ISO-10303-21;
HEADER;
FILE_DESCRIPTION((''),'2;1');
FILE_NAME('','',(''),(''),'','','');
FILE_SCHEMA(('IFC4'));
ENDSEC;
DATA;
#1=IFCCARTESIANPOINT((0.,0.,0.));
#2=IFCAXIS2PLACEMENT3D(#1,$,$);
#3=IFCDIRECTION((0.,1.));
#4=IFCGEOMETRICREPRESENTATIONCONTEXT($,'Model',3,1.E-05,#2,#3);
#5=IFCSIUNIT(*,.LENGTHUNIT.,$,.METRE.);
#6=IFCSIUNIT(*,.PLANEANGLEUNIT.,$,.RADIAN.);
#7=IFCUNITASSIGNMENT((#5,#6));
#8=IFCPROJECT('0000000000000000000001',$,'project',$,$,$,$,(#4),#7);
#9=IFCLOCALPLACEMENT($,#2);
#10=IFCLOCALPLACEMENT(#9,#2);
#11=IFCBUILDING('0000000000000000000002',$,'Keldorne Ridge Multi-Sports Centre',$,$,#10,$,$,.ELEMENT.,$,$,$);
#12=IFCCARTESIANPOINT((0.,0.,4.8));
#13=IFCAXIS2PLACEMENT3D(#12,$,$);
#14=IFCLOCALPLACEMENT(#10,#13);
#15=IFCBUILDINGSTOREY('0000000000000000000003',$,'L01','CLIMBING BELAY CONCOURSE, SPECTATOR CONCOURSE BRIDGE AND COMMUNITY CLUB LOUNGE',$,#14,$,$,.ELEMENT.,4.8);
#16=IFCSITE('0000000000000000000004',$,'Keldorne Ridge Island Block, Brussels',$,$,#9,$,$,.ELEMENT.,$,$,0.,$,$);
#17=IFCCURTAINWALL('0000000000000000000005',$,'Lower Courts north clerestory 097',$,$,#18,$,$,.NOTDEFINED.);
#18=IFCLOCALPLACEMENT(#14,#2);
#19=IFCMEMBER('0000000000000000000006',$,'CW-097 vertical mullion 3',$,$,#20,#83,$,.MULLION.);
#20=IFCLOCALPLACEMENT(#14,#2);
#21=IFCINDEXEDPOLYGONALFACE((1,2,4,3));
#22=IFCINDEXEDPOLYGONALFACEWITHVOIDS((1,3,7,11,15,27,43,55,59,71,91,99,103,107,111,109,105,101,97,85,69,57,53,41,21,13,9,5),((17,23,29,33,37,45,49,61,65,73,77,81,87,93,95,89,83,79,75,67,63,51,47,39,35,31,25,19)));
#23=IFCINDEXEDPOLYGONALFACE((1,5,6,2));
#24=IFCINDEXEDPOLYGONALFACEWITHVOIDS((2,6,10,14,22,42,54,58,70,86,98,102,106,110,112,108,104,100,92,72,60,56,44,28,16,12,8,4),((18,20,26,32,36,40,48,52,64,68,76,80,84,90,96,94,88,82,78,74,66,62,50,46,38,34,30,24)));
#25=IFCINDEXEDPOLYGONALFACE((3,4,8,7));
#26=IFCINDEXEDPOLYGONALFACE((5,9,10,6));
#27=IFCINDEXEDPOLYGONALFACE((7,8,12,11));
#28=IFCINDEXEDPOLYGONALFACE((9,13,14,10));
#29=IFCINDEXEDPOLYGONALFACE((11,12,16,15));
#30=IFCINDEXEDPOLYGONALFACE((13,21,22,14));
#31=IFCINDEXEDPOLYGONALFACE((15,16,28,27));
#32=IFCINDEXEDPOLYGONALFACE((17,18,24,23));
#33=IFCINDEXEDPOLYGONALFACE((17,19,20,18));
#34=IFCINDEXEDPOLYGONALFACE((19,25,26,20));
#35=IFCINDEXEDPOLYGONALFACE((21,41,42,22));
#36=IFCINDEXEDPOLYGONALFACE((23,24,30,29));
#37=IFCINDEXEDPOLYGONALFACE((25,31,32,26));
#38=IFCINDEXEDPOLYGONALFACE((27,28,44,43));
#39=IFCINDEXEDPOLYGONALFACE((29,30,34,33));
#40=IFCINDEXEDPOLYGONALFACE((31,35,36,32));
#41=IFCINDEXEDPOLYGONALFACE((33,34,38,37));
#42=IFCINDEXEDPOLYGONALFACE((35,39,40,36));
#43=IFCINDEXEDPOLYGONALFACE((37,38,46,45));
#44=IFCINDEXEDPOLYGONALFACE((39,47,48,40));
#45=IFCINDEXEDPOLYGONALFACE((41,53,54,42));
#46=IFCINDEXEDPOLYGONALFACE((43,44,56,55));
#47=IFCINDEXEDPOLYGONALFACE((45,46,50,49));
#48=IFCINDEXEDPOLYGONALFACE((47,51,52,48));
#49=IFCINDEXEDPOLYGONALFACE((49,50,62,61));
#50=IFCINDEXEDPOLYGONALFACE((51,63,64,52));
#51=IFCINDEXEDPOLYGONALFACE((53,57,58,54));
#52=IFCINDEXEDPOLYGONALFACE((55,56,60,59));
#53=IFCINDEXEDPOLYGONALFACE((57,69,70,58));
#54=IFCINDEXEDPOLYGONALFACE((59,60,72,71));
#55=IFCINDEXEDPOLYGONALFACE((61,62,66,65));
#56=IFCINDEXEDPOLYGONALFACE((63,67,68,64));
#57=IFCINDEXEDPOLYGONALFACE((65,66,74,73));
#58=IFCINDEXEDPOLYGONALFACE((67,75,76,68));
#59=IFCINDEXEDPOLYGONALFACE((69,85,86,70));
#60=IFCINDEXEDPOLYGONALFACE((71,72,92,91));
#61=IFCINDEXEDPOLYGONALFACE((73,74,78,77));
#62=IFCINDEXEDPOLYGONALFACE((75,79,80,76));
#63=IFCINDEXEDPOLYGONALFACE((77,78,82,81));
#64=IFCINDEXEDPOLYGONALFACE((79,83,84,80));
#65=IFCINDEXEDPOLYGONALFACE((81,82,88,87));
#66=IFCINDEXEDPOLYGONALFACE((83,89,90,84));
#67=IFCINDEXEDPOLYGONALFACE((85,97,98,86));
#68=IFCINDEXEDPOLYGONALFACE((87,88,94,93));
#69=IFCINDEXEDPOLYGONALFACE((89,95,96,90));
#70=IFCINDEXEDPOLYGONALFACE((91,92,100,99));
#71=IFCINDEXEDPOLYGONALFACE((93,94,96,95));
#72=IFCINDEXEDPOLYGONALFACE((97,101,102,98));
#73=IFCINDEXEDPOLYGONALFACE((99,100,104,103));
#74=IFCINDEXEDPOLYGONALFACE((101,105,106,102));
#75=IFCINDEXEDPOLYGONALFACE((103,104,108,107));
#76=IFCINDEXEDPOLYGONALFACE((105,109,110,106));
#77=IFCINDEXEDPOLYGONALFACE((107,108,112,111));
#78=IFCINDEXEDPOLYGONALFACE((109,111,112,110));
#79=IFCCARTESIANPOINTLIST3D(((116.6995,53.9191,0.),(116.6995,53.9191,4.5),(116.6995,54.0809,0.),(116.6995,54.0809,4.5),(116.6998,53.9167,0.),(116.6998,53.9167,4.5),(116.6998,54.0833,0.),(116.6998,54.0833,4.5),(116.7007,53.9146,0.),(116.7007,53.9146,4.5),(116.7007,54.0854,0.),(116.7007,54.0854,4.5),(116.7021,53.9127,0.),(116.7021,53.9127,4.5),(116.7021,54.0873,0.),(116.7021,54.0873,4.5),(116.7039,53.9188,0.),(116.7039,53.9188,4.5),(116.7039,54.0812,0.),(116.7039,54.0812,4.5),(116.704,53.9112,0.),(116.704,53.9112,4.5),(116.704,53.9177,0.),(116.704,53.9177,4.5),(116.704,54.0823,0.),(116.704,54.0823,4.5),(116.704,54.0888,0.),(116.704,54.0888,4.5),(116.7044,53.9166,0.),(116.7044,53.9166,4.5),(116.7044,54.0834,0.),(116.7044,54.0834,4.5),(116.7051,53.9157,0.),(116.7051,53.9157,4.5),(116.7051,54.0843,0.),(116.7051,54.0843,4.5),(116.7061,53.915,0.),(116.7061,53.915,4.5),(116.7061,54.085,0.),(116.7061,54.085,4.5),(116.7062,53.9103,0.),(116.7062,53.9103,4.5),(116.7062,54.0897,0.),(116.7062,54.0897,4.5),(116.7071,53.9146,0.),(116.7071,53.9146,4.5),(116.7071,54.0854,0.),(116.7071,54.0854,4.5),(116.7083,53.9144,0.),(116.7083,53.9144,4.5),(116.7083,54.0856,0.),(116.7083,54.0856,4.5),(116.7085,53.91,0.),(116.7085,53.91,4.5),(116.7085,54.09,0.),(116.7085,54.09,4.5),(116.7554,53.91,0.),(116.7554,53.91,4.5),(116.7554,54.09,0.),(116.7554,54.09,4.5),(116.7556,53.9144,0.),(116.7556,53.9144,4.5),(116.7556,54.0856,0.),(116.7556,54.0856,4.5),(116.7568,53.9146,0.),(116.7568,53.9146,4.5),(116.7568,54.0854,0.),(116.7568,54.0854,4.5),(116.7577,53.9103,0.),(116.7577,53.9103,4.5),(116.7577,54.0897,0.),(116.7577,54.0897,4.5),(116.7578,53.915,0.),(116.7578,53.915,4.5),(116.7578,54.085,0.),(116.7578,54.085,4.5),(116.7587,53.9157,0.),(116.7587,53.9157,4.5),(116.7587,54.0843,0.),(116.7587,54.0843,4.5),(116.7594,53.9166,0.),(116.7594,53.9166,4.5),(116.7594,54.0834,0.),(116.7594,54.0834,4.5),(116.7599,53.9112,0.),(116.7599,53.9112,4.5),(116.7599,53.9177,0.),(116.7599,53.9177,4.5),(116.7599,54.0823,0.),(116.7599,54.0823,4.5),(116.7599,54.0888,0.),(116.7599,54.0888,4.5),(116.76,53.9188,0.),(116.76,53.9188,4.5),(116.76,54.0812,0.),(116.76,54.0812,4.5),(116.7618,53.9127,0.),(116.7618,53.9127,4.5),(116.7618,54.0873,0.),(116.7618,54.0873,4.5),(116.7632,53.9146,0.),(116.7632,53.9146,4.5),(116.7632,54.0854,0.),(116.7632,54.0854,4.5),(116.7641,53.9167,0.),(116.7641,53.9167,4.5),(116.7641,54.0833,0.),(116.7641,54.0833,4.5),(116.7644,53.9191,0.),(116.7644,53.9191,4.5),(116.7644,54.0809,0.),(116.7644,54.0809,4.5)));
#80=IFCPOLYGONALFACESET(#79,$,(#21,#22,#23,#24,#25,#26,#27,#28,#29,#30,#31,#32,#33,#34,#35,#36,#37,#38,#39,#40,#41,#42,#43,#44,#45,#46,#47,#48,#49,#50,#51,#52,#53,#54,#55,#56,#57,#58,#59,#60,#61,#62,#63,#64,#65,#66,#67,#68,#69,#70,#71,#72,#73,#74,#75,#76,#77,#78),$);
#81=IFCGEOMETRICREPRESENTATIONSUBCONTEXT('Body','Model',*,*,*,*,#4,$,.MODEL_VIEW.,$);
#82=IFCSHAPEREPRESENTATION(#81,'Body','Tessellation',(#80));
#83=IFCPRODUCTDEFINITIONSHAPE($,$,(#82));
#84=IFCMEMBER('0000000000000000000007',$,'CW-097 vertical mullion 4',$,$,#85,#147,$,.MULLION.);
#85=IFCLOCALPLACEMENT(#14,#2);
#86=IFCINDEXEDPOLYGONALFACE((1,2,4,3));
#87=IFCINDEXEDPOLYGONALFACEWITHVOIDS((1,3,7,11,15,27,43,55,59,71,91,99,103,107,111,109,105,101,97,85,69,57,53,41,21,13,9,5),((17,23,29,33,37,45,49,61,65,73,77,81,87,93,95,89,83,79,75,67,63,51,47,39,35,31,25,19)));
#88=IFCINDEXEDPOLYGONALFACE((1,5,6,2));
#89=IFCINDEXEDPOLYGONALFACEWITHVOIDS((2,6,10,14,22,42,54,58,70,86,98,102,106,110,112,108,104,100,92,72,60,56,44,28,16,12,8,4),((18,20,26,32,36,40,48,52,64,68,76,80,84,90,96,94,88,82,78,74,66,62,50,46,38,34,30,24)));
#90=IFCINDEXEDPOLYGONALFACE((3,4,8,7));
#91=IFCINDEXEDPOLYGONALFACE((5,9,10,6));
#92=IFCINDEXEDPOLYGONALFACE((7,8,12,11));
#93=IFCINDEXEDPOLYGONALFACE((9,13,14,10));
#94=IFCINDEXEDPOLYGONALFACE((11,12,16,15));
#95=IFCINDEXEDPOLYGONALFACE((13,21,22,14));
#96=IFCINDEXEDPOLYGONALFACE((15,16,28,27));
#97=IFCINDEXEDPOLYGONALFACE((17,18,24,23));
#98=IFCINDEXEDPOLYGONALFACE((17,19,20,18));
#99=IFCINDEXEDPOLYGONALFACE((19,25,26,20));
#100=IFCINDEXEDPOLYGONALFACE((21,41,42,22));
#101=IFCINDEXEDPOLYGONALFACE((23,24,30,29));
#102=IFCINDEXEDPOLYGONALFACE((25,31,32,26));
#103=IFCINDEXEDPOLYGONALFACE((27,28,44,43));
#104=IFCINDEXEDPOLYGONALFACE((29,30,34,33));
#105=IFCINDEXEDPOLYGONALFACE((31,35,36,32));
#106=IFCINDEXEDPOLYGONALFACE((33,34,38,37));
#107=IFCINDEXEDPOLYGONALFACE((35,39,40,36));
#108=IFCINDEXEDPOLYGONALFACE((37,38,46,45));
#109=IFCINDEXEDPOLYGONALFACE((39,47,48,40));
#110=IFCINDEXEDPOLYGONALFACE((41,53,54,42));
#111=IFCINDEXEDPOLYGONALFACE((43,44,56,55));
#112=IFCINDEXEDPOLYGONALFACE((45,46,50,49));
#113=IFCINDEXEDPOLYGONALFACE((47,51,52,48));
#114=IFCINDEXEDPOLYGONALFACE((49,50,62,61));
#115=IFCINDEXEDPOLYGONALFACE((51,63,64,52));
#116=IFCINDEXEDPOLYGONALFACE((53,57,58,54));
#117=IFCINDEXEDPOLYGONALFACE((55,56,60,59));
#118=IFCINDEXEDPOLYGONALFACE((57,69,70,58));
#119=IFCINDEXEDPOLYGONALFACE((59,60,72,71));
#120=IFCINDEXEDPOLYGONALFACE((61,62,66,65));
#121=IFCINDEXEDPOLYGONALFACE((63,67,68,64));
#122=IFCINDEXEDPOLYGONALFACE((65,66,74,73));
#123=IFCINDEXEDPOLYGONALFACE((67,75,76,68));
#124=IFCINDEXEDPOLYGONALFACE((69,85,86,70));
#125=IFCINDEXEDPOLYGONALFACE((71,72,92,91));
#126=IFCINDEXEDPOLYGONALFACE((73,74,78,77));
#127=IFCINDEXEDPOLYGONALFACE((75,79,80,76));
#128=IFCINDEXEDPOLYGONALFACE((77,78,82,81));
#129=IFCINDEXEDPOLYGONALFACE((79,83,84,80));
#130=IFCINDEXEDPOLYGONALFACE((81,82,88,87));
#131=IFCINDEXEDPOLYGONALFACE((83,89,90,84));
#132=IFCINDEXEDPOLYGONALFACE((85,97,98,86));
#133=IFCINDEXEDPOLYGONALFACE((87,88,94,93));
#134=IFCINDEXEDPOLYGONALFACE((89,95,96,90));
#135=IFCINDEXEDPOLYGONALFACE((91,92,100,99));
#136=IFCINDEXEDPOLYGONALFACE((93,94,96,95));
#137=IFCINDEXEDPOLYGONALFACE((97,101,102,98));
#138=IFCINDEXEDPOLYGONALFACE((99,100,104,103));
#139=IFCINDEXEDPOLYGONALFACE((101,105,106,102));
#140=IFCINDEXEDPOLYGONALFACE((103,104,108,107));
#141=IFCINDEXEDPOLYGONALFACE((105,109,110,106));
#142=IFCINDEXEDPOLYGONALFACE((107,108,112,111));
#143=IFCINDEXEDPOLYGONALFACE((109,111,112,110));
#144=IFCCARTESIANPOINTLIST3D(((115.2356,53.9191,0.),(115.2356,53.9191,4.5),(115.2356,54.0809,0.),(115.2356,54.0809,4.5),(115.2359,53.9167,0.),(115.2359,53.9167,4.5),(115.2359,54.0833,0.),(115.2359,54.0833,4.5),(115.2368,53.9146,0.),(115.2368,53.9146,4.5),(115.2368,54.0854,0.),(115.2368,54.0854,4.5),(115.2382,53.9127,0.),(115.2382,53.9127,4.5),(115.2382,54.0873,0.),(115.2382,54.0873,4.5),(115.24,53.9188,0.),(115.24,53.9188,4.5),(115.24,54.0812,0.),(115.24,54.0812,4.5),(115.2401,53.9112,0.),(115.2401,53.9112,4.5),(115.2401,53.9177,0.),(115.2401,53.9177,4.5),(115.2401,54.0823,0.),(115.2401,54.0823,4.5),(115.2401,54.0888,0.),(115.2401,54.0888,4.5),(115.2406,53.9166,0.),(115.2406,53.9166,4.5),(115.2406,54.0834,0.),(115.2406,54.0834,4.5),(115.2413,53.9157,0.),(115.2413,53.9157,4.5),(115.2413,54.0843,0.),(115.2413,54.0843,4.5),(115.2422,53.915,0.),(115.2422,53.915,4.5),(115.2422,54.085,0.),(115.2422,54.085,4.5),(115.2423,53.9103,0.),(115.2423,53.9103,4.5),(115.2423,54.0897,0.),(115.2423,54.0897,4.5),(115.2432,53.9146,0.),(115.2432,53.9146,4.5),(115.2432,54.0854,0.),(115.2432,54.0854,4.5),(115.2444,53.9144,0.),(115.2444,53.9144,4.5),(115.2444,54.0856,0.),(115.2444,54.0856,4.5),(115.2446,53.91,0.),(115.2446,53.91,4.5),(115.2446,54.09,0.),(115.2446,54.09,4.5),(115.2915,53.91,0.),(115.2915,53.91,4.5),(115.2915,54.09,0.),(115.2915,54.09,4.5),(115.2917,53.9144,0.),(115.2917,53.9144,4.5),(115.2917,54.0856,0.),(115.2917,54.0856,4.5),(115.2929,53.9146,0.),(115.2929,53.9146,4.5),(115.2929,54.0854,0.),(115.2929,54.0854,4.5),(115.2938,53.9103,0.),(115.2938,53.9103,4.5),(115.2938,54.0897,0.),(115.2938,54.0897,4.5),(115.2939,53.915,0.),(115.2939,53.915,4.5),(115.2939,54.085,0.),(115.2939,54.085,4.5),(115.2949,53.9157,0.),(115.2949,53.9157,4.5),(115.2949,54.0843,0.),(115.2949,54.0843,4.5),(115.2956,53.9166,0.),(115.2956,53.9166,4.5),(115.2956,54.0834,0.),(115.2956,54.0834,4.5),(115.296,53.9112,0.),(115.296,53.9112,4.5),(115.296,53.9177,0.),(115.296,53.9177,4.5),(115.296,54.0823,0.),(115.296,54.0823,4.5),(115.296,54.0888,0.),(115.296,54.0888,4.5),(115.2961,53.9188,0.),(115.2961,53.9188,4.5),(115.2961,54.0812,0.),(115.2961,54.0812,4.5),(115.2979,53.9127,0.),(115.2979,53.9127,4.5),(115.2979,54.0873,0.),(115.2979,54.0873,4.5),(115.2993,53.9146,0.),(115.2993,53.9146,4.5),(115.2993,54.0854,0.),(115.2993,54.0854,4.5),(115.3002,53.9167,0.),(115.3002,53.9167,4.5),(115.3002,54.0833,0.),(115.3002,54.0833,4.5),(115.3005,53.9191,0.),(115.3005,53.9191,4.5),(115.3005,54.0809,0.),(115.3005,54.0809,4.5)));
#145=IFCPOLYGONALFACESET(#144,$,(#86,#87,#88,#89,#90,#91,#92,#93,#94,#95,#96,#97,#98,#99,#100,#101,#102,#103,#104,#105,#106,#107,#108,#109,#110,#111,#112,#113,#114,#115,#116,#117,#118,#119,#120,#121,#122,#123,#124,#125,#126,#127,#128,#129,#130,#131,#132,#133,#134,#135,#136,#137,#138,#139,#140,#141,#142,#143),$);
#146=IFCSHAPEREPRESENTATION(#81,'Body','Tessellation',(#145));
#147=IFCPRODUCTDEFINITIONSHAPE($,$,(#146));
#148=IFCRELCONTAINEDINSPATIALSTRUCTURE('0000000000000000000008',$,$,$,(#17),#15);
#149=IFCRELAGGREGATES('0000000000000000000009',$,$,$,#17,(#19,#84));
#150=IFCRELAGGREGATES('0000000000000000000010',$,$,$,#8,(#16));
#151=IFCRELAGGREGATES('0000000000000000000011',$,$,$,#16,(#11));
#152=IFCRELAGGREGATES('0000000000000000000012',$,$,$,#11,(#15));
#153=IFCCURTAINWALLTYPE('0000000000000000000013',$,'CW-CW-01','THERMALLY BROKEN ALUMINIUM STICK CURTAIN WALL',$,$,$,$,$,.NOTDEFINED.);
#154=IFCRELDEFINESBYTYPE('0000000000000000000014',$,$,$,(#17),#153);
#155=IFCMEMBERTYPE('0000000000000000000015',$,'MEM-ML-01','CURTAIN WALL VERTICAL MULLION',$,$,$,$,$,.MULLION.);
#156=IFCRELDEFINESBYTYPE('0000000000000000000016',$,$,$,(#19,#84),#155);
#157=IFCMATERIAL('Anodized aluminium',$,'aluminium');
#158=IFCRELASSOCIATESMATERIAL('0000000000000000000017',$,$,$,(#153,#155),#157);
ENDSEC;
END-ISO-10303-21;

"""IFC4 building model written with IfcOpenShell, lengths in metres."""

from ifc_helpers import new_model, si_unit, direction, frame, origin, origin_2d, place, context, subcontext, project, spatial, hollow_rectangle, extrude, material, material_profile, profile_set, type_object, element, aggregate, save


model = new_model("IFC4")

# Units and contexts
model_context = context("Model", 3, precision=1e-05, world=origin(), true_north=direction((0.0, 1.0)))
body_context = subcontext(model_context, "Body", "Model", "MODEL_VIEW")
ifc_project = project(units=[si_unit("LENGTHUNIT", "METRE"), si_unit("PLANEANGLEUNIT", "RADIAN")], contexts=[model_context])

# Site, building, storey
site_placement = place(None, origin())
site = spatial("IfcSite", under=ifc_project, at=site_placement, Name="Keldorne Ridge Island Block, Brussels", CompositionType="ELEMENT", RefElevation=0.0)
building_placement = place(site_placement, origin())
building = spatial("IfcBuilding", under=site, at=building_placement, Name="Keldorne Ridge Multi-Sports Centre", CompositionType="ELEMENT")
storey_placement = place(building_placement, frame((0.0, 0.0, 4.8)))
storey = spatial("IfcBuildingStorey", under=building, at=storey_placement, Name="L01", Description="CLIMBING BELAY CONCOURSE, SPECTATOR CONCOURSE BRIDGE AND COMMUNITY CLUB LOUNGE", CompositionType="ELEMENT", Elevation=4.8)

# Curtain wall, members
ifc_material_1 = material(Name="Anodized aluminium", Category="aluminium")
curtain_wall_type = type_object("IfcCurtainWallType", Name="CW-CW-01", Description="THERMALLY BROKEN ALUMINIUM STICK CURTAIN WALL", PredefinedType="NOTDEFINED", material=ifc_material_1)
curtain_wall_placement = place(storey_placement, origin())
curtain_wall = element("IfcCurtainWall", 1, at=curtain_wall_placement, inside=storey, type_object=curtain_wall_type, Name="Lower Courts north clerestory 097", PredefinedType="NOTDEFINED")
ifc_material_profile_1 = material_profile(ifc_material_1, hollow_rectangle(XDim=0.0649, YDim=0.1799, WallThickness=0.0044, InnerFilletRadius=0.0044, OuterFilletRadius=0.009, at=origin_2d()), Name="ALU MULLION 180x65x4.5")
ifc_profile_set_1 = profile_set([ifc_material_profile_1], Name="Anodized aluminium")
member_type_1 = type_object("IfcMemberType", Name="MEM-ML-01", Description="CURTAIN WALL VERTICAL MULLION", PredefinedType="MULLION", material=ifc_profile_set_1)
member_1_placement = place(storey_placement, frame((116.7319, 54.0, 0.0), z_axis=(0.0, 0.0, 1.0), x_axis=(1.0, 0.0, 0.0)))
member_1 = element("IfcMember", 2, at=member_1_placement, type_object=member_type_1, Name="CW-097 vertical mullion 3", PredefinedType="MULLION", context=body_context, shape_type="SweptSolid", body=[
    extrude(hollow_rectangle(XDim=0.0649, YDim=0.1799, WallThickness=0.0044, InnerFilletRadius=0.0044, OuterFilletRadius=0.009, at=origin_2d()), origin(), (0.0, 0.0, 1.0), 4.5),
])
member_2_placement = place(storey_placement, frame((115.2681, 54.0, 0.0), z_axis=(0.0, 0.0, 1.0), x_axis=(1.0, 0.0, 0.0)))
member_2 = element("IfcMember", 3, at=member_2_placement, type_object=member_type_1, Name="CW-097 vertical mullion 4", PredefinedType="MULLION", context=body_context, shape_type="SweptSolid", body=[
    extrude(hollow_rectangle(XDim=0.0649, YDim=0.1799, WallThickness=0.0044, InnerFilletRadius=0.0044, OuterFilletRadius=0.009, at=origin_2d()), origin(), (0.0, 0.0, 1.0), 4.5),
])
aggregate(curtain_wall, [member_1, member_2])

save(model, "model.ifc")
